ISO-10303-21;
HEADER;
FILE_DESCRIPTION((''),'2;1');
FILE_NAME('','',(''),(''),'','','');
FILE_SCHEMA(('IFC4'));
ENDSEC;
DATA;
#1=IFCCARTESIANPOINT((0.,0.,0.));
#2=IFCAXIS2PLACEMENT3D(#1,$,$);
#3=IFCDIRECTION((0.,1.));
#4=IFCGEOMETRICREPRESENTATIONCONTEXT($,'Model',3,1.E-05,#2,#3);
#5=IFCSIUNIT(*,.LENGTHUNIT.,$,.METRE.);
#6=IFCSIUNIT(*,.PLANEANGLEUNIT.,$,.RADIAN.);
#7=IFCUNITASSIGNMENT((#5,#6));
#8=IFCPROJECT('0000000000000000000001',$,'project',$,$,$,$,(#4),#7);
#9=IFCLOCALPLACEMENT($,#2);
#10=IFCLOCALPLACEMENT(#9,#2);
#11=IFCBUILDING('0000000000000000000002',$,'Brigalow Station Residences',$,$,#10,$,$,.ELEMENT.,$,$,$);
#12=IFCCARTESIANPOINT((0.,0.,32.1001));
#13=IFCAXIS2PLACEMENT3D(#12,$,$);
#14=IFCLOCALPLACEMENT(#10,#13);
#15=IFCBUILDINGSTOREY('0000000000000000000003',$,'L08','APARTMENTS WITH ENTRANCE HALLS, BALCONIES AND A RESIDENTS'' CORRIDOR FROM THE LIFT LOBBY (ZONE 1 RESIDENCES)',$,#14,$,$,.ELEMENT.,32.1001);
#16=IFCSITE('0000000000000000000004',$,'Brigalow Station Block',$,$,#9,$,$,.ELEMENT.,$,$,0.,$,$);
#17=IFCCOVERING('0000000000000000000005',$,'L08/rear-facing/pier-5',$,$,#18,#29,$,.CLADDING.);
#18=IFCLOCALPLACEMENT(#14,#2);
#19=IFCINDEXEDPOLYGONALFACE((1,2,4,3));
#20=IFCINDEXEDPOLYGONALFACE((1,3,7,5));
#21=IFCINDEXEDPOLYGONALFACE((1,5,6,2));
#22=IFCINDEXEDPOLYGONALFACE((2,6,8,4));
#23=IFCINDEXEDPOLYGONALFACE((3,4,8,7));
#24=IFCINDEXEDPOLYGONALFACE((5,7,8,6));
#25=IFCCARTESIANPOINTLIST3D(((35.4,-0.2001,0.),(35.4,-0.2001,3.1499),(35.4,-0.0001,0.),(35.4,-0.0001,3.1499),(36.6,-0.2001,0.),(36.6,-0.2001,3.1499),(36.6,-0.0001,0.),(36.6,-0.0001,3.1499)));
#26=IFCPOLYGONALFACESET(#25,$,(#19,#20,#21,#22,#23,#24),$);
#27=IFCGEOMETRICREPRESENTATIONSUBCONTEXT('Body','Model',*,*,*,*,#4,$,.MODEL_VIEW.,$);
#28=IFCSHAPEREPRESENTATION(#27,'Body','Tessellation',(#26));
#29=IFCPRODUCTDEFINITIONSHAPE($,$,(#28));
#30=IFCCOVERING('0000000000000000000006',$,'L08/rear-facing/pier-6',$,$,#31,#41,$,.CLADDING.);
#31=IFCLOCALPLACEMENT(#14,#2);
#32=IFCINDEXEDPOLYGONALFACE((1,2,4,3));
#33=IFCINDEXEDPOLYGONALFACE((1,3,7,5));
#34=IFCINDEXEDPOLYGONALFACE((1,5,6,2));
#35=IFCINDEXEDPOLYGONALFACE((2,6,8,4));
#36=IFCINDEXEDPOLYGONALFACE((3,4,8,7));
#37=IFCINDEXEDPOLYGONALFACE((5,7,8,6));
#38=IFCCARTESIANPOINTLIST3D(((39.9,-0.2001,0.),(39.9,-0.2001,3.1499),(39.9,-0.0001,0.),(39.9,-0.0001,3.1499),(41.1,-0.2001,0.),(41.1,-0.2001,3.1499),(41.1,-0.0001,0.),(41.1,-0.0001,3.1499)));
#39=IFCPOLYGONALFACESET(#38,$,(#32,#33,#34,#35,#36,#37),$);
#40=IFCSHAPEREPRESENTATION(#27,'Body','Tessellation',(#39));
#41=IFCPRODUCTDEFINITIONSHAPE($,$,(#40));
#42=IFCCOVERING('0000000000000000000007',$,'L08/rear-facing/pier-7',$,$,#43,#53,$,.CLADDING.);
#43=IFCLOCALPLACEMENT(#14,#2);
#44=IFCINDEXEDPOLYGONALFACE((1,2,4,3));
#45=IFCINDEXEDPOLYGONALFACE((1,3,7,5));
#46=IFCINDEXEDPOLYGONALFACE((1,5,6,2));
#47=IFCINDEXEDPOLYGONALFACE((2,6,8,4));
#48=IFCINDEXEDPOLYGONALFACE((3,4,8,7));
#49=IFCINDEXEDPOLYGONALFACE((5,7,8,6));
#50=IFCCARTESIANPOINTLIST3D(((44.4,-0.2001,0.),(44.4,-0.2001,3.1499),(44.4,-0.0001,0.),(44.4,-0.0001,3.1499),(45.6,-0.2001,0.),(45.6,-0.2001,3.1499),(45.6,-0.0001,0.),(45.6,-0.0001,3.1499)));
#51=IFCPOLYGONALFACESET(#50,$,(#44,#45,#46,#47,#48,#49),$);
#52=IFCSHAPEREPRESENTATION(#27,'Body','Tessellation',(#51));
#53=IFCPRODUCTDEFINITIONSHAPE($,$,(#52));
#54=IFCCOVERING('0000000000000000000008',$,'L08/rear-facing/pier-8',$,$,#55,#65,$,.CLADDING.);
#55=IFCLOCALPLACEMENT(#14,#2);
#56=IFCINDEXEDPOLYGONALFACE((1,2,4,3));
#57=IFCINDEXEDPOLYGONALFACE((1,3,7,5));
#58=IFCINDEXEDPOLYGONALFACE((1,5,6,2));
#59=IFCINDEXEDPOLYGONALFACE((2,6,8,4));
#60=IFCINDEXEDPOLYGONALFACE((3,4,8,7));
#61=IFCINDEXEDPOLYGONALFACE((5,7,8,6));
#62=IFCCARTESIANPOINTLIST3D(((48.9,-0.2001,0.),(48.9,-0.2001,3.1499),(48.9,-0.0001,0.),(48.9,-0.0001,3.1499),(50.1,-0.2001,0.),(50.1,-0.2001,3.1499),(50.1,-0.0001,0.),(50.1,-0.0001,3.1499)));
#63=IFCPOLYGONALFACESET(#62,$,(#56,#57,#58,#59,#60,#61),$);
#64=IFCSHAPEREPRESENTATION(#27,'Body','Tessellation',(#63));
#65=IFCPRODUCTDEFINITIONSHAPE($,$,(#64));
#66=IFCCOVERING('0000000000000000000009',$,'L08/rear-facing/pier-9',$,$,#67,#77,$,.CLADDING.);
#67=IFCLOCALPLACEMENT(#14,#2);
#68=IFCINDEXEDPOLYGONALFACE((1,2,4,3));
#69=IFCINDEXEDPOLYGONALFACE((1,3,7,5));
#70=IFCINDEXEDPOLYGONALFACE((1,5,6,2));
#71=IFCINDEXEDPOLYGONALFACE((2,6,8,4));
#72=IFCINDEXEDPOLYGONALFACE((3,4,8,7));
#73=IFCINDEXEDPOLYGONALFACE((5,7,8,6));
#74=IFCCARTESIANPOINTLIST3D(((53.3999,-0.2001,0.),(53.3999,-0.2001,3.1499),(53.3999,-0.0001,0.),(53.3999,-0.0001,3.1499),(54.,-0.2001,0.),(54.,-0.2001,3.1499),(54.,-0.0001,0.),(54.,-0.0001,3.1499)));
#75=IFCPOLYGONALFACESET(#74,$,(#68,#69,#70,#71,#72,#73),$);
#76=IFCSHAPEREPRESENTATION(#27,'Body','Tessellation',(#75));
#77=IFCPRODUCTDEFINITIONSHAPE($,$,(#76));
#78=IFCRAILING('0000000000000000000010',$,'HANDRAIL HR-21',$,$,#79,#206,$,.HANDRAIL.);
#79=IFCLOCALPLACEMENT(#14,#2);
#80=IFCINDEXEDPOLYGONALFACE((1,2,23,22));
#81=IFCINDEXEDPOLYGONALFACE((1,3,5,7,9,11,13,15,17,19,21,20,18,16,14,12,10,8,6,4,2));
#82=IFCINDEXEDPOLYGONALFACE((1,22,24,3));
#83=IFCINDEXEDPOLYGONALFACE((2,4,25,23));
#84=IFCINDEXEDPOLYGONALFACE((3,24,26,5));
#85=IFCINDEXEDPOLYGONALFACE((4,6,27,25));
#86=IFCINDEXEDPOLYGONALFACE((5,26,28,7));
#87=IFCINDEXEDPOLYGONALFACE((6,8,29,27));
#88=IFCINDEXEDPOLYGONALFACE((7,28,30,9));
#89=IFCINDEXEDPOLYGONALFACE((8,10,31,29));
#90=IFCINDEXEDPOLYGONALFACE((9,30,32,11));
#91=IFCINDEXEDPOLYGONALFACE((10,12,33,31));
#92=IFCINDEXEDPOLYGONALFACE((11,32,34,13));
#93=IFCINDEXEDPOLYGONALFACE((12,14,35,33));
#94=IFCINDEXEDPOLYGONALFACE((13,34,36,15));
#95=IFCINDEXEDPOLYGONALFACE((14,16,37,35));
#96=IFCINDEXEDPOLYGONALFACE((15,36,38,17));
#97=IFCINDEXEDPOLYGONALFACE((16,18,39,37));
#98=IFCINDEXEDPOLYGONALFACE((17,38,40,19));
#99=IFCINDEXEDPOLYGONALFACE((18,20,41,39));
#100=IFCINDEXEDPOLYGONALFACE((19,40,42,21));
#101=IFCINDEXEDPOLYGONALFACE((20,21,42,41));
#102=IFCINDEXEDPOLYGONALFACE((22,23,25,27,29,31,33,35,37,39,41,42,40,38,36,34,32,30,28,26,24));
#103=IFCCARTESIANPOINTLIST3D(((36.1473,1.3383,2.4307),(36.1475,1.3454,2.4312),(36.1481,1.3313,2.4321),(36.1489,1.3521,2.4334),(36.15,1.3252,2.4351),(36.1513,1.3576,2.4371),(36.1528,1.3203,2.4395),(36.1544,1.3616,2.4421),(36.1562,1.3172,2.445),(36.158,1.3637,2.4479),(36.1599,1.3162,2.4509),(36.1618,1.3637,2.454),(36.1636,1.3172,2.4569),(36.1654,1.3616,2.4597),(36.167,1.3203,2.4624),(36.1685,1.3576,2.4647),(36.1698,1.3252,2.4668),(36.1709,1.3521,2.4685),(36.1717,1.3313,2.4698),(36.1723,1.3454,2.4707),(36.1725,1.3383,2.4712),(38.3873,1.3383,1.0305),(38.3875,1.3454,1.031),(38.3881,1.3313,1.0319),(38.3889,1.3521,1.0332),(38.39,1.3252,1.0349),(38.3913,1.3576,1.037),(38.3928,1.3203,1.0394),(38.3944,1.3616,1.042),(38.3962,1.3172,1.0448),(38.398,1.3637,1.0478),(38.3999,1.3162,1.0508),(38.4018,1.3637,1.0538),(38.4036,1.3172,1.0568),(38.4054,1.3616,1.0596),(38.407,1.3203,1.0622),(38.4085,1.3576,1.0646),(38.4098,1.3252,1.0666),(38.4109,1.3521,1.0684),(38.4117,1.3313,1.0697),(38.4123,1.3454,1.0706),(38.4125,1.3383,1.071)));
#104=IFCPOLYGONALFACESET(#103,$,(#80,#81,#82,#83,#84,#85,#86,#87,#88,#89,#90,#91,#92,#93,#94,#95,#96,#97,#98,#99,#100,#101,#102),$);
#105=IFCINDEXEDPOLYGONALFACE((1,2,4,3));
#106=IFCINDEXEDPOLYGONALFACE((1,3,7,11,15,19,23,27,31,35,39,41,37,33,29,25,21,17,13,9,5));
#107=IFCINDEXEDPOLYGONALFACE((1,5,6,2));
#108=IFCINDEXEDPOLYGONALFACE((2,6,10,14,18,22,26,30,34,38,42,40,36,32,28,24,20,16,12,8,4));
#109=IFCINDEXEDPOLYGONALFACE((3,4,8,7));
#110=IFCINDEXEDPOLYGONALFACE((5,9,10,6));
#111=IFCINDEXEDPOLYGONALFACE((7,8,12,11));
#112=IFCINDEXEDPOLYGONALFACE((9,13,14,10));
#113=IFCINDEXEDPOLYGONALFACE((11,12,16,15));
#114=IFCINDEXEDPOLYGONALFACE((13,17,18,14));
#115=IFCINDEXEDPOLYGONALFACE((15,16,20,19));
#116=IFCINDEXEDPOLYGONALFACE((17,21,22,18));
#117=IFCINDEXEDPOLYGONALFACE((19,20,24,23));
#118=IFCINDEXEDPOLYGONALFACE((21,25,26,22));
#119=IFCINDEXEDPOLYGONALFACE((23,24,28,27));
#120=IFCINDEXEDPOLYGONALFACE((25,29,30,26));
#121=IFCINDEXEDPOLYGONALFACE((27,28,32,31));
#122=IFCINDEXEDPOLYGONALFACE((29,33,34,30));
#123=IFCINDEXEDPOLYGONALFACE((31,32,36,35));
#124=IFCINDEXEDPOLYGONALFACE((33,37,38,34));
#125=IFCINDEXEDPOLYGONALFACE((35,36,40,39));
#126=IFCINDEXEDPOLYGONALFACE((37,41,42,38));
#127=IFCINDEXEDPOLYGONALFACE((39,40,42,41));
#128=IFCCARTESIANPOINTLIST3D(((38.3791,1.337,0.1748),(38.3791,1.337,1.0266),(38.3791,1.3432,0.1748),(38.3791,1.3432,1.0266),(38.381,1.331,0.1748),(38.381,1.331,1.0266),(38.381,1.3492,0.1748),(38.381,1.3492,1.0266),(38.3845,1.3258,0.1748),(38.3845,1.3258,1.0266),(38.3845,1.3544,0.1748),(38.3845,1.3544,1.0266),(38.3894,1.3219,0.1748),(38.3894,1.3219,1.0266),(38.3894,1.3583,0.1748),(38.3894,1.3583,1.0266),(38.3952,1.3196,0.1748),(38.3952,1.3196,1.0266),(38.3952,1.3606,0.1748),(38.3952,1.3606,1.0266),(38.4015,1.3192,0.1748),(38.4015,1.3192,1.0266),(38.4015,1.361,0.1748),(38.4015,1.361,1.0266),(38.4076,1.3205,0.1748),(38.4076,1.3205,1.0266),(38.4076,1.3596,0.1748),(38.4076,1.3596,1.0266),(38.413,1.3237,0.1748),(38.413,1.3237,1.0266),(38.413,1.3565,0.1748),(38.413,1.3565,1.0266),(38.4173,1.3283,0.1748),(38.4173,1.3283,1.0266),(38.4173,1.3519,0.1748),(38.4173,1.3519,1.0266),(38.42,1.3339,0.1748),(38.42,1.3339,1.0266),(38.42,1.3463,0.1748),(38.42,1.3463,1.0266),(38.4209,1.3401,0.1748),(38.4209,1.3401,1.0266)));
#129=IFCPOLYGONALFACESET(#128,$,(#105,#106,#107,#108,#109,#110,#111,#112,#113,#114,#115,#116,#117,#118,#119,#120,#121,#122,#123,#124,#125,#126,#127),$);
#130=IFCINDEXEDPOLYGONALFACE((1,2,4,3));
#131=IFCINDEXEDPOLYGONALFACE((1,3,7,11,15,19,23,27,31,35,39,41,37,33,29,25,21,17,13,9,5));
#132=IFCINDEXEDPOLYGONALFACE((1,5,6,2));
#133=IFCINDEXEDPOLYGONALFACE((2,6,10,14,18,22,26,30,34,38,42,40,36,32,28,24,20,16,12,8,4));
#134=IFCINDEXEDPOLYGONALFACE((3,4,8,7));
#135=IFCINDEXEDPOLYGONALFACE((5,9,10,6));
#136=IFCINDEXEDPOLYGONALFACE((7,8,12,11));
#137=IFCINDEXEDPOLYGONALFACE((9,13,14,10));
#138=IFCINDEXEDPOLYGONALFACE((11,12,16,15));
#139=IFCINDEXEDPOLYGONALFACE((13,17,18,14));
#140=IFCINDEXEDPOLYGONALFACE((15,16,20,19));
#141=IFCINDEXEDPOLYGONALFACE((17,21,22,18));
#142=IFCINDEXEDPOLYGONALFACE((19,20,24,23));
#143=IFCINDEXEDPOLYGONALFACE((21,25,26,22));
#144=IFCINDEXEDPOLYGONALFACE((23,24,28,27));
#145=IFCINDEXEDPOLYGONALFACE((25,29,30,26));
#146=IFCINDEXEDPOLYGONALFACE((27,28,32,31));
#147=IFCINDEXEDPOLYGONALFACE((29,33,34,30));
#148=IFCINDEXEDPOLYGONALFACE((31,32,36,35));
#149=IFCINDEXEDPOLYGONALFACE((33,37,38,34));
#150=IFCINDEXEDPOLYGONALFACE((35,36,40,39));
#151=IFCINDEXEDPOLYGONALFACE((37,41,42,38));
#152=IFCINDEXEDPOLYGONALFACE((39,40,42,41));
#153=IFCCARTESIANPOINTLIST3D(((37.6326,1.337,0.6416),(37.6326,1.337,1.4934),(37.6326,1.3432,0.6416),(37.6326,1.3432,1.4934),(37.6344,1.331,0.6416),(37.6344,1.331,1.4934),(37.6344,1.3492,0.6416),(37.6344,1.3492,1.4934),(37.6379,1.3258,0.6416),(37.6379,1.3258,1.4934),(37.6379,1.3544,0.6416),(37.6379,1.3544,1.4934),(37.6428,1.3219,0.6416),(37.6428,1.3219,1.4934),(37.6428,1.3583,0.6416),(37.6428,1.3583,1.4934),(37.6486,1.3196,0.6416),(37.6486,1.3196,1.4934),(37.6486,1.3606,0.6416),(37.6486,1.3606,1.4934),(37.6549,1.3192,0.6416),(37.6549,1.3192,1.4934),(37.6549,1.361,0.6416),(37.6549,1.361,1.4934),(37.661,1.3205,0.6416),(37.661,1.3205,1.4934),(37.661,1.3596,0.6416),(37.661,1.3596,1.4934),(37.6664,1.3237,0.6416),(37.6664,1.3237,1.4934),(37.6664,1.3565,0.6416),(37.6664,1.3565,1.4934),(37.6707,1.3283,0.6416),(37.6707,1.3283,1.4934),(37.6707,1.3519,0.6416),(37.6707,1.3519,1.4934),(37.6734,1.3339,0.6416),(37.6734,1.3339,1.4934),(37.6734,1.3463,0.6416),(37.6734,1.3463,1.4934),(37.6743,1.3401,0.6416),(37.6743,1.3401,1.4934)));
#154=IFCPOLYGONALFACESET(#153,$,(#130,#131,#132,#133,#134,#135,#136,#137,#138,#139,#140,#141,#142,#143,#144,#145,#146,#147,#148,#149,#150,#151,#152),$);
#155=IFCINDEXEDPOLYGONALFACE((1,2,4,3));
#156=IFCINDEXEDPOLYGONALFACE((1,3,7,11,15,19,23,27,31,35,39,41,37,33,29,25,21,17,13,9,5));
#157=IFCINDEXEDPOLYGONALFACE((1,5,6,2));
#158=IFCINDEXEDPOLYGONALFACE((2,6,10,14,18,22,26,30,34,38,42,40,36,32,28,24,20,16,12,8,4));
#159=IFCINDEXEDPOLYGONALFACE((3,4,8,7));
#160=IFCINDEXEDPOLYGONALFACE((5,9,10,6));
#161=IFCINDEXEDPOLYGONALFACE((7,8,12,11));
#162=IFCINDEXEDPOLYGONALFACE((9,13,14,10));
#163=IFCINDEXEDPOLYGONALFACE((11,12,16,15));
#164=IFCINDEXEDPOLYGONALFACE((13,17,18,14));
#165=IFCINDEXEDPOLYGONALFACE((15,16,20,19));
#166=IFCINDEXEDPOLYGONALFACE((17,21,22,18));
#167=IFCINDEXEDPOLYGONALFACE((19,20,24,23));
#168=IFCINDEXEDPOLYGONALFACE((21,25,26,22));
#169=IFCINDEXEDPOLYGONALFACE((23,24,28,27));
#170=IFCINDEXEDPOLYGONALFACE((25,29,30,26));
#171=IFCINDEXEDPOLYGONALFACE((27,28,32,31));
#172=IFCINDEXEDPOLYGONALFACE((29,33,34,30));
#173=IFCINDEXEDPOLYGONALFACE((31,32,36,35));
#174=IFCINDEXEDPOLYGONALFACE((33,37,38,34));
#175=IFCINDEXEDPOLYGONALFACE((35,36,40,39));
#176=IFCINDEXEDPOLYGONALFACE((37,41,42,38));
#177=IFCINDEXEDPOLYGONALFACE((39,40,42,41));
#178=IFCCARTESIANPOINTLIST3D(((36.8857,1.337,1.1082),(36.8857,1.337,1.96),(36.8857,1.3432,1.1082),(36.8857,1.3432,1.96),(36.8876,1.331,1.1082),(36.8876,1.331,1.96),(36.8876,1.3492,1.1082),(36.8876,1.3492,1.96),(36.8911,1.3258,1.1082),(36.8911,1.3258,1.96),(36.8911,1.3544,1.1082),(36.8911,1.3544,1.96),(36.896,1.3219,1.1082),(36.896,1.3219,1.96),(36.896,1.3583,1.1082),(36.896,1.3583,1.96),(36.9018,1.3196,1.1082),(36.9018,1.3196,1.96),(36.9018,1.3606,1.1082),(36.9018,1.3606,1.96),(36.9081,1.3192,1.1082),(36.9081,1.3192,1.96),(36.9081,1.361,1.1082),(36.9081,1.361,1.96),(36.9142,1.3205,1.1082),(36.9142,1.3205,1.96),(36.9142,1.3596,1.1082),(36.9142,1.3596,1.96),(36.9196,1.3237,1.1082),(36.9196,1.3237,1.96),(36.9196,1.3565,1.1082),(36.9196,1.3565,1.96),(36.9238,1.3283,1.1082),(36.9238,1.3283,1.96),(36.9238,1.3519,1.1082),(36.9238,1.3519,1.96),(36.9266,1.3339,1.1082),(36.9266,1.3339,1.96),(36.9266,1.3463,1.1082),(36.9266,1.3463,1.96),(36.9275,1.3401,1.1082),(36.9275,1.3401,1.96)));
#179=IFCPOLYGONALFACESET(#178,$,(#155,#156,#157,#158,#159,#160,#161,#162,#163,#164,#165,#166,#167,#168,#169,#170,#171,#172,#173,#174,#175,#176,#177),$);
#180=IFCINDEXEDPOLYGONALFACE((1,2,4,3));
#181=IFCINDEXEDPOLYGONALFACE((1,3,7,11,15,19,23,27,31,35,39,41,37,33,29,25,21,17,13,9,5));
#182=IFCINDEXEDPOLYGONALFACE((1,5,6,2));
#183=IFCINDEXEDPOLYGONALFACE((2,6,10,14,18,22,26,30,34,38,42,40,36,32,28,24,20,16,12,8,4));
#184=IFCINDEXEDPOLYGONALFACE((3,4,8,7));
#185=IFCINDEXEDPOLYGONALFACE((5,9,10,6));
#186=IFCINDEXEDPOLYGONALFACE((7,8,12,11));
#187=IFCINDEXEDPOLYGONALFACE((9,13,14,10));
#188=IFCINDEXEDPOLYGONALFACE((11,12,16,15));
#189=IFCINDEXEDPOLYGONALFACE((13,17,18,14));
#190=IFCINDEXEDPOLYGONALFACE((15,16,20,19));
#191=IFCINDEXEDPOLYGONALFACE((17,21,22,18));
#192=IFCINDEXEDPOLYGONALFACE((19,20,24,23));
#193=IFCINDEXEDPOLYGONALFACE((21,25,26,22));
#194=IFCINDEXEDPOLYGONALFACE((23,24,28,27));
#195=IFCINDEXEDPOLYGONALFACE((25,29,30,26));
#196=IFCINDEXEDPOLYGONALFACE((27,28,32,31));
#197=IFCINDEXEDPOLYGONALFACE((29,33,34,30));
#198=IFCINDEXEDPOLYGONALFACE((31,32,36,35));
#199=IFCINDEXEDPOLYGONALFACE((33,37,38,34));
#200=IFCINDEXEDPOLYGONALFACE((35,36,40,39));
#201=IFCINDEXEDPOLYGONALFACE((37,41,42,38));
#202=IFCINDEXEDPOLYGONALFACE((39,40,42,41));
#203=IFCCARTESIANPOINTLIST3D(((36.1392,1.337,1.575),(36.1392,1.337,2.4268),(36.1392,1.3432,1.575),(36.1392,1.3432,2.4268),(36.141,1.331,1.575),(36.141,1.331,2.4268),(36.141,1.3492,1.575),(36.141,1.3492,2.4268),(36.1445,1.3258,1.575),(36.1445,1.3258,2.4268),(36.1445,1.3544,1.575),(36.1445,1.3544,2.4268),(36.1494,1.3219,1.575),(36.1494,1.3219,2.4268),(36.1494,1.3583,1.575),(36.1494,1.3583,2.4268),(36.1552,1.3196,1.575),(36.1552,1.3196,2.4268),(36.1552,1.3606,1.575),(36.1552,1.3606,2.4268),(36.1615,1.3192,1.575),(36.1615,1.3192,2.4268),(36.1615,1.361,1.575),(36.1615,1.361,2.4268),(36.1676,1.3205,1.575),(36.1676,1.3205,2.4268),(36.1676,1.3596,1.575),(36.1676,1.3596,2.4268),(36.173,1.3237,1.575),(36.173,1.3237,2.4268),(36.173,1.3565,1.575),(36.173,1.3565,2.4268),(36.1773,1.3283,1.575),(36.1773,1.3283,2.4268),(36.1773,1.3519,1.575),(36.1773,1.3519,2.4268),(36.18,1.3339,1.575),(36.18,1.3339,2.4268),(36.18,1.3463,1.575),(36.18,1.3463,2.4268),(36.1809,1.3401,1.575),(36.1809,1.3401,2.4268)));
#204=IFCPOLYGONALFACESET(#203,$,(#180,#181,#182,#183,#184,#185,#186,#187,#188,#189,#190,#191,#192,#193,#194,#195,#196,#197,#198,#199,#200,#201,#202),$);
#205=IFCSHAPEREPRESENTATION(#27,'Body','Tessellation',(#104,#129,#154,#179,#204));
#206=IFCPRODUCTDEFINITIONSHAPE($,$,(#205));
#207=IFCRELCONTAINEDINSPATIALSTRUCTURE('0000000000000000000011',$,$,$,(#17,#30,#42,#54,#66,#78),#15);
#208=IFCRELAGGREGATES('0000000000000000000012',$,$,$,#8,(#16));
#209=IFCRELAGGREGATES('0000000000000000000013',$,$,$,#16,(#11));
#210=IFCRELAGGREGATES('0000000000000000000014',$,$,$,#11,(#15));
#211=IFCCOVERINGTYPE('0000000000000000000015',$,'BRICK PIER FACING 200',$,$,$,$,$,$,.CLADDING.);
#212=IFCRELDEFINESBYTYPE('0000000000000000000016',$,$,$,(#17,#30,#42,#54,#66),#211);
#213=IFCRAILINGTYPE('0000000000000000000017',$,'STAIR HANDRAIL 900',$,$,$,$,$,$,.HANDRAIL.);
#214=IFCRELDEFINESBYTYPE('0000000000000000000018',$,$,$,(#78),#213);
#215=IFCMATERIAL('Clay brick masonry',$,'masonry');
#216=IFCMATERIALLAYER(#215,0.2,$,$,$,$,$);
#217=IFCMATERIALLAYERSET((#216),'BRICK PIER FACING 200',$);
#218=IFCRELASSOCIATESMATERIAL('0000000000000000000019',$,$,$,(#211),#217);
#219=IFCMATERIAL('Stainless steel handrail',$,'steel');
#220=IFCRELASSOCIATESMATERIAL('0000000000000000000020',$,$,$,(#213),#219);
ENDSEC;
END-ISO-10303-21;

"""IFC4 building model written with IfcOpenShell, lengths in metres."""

from ifc_helpers import new_model, si_unit, direction, frame, origin, origin_2d, place, context, subcontext, project, spatial, rectangle, circle, extrude, material, layer, layer_set, type_object, element, save


model = new_model("IFC4")

# Units and contexts
model_context = context("Model", 3, precision=1e-05, world=origin(), true_north=direction((0.0, 1.0)))
body_context = subcontext(model_context, "Body", "Model", "MODEL_VIEW")
ifc_project = project(units=[si_unit("LENGTHUNIT", "METRE"), si_unit("PLANEANGLEUNIT", "RADIAN")], contexts=[model_context])

# Site, building, storey
site_placement = place(None, origin())
site = spatial("IfcSite", under=ifc_project, at=site_placement, Name="Brigalow Station Block", CompositionType="ELEMENT", RefElevation=0.0)
building_placement = place(site_placement, origin())
building = spatial("IfcBuilding", under=site, at=building_placement, Name="Brigalow Station Residences", CompositionType="ELEMENT")
storey_placement = place(building_placement, frame((0.0, 0.0, 32.1001)))
storey = spatial("IfcBuildingStorey", under=building, at=storey_placement, Name="L08", Description="APARTMENTS WITH ENTRANCE HALLS, BALCONIES AND A RESIDENTS' CORRIDOR FROM THE LIFT LOBBY (ZONE 1 RESIDENCES)", CompositionType="ELEMENT", Elevation=32.1001)

# Coverings
ifc_material_1 = material(Name="Clay brick masonry", Category="masonry")
ifc_layer_1 = layer(ifc_material_1, 0.2)
ifc_layer_set_1 = layer_set([ifc_layer_1], Name="BRICK PIER FACING 200")
covering_type_1 = type_object("IfcCoveringType", Name="BRICK PIER FACING 200", PredefinedType="CLADDING", material=ifc_layer_set_1)
for number, where, z_axis, x_axis, name in (
    (1, (36.0, -0.1001, 0.0), (0.0, 0.0, 1.0), (1.0, 0.0, 0.0), "L08/rear-facing/pier-5"),
    (2, (40.5, -0.1001, 0.0), (0.0, 0.0, 1.0), (1.0, 0.0, 0.0), "L08/rear-facing/pier-6"),
    (3, (45.0, -0.1001, 0.0), (0.0, 0.0, 1.0), (1.0, 0.0, 0.0), "L08/rear-facing/pier-7"),
    (4, (49.5, -0.1001, 0.0), (0.0, 0.0, 1.0), (1.0, 0.0, 0.0), "L08/rear-facing/pier-8"),
):
    element("IfcCovering", number, at=place(storey_placement, frame(where, z_axis=z_axis, x_axis=x_axis)), inside=storey, type_object=covering_type_1, Name=name, PredefinedType="CLADDING", context=body_context, shape_type="SweptSolid", body=[
        extrude(rectangle(XDim=1.2, YDim=0.2, at=origin_2d()), origin(), (0.0, 0.0, 1.0), 3.1499),
    ])
covering_placement = place(storey_placement, frame((53.7, -0.1001, 0.0), z_axis=(0.0, 0.0, 1.0), x_axis=(1.0, 0.0, 0.0)))
element("IfcCovering", 5, at=covering_placement, inside=storey, type_object=covering_type_1, Name="L08/rear-facing/pier-9", PredefinedType="CLADDING", context=body_context, shape_type="SweptSolid", body=[
    extrude(rectangle(XDim=0.6001, YDim=0.2, at=origin_2d()), origin(), (0.0, 0.0, 1.0), 3.1499),
])

# Railing
ifc_material_2 = material(Name="Stainless steel handrail", Category="steel")
railing_type_1 = type_object("IfcRailingType", Name="STAIR HANDRAIL 900", PredefinedType="HANDRAIL", material=ifc_material_2)
railing_1_placement = place(storey_placement, frame((38.3999, 1.3401, 0.1748)))
element("IfcRailing", 6, at=railing_1_placement, inside=storey, type_object=railing_type_1, Name="HANDRAIL HR-21", PredefinedType="HANDRAIL", context=body_context, shape_type="SweptSolid", body=[
    extrude(circle(Radius=0.0239, at=origin_2d()), frame((0.0, 0.0, 0.876), z_axis=(-0.847972, 0.0, 0.53004), x_axis=(0.0, -1.0, 0.0)), (0.0, 0.0, 1.0), 2.6416),
    extrude(circle(Radius=0.021, at=origin_2d()), origin(), (0.0, 0.0, 1.0), 0.8518),
    extrude(circle(Radius=0.021, at=origin_2d()), frame((-0.7466, 0.0, 0.4668)), (0.0, 0.0, 1.0), 0.8518),
    extrude(circle(Radius=0.021, at=origin_2d()), frame((-1.4934, 0.0, 0.9333)), (0.0, 0.0, 1.0), 0.8518),
    extrude(circle(Radius=0.021, at=origin_2d()), frame((-2.24, 0.0, 1.4001)), (0.0, 0.0, 1.0), 0.8518),
])

save(model, "model.ifc")
